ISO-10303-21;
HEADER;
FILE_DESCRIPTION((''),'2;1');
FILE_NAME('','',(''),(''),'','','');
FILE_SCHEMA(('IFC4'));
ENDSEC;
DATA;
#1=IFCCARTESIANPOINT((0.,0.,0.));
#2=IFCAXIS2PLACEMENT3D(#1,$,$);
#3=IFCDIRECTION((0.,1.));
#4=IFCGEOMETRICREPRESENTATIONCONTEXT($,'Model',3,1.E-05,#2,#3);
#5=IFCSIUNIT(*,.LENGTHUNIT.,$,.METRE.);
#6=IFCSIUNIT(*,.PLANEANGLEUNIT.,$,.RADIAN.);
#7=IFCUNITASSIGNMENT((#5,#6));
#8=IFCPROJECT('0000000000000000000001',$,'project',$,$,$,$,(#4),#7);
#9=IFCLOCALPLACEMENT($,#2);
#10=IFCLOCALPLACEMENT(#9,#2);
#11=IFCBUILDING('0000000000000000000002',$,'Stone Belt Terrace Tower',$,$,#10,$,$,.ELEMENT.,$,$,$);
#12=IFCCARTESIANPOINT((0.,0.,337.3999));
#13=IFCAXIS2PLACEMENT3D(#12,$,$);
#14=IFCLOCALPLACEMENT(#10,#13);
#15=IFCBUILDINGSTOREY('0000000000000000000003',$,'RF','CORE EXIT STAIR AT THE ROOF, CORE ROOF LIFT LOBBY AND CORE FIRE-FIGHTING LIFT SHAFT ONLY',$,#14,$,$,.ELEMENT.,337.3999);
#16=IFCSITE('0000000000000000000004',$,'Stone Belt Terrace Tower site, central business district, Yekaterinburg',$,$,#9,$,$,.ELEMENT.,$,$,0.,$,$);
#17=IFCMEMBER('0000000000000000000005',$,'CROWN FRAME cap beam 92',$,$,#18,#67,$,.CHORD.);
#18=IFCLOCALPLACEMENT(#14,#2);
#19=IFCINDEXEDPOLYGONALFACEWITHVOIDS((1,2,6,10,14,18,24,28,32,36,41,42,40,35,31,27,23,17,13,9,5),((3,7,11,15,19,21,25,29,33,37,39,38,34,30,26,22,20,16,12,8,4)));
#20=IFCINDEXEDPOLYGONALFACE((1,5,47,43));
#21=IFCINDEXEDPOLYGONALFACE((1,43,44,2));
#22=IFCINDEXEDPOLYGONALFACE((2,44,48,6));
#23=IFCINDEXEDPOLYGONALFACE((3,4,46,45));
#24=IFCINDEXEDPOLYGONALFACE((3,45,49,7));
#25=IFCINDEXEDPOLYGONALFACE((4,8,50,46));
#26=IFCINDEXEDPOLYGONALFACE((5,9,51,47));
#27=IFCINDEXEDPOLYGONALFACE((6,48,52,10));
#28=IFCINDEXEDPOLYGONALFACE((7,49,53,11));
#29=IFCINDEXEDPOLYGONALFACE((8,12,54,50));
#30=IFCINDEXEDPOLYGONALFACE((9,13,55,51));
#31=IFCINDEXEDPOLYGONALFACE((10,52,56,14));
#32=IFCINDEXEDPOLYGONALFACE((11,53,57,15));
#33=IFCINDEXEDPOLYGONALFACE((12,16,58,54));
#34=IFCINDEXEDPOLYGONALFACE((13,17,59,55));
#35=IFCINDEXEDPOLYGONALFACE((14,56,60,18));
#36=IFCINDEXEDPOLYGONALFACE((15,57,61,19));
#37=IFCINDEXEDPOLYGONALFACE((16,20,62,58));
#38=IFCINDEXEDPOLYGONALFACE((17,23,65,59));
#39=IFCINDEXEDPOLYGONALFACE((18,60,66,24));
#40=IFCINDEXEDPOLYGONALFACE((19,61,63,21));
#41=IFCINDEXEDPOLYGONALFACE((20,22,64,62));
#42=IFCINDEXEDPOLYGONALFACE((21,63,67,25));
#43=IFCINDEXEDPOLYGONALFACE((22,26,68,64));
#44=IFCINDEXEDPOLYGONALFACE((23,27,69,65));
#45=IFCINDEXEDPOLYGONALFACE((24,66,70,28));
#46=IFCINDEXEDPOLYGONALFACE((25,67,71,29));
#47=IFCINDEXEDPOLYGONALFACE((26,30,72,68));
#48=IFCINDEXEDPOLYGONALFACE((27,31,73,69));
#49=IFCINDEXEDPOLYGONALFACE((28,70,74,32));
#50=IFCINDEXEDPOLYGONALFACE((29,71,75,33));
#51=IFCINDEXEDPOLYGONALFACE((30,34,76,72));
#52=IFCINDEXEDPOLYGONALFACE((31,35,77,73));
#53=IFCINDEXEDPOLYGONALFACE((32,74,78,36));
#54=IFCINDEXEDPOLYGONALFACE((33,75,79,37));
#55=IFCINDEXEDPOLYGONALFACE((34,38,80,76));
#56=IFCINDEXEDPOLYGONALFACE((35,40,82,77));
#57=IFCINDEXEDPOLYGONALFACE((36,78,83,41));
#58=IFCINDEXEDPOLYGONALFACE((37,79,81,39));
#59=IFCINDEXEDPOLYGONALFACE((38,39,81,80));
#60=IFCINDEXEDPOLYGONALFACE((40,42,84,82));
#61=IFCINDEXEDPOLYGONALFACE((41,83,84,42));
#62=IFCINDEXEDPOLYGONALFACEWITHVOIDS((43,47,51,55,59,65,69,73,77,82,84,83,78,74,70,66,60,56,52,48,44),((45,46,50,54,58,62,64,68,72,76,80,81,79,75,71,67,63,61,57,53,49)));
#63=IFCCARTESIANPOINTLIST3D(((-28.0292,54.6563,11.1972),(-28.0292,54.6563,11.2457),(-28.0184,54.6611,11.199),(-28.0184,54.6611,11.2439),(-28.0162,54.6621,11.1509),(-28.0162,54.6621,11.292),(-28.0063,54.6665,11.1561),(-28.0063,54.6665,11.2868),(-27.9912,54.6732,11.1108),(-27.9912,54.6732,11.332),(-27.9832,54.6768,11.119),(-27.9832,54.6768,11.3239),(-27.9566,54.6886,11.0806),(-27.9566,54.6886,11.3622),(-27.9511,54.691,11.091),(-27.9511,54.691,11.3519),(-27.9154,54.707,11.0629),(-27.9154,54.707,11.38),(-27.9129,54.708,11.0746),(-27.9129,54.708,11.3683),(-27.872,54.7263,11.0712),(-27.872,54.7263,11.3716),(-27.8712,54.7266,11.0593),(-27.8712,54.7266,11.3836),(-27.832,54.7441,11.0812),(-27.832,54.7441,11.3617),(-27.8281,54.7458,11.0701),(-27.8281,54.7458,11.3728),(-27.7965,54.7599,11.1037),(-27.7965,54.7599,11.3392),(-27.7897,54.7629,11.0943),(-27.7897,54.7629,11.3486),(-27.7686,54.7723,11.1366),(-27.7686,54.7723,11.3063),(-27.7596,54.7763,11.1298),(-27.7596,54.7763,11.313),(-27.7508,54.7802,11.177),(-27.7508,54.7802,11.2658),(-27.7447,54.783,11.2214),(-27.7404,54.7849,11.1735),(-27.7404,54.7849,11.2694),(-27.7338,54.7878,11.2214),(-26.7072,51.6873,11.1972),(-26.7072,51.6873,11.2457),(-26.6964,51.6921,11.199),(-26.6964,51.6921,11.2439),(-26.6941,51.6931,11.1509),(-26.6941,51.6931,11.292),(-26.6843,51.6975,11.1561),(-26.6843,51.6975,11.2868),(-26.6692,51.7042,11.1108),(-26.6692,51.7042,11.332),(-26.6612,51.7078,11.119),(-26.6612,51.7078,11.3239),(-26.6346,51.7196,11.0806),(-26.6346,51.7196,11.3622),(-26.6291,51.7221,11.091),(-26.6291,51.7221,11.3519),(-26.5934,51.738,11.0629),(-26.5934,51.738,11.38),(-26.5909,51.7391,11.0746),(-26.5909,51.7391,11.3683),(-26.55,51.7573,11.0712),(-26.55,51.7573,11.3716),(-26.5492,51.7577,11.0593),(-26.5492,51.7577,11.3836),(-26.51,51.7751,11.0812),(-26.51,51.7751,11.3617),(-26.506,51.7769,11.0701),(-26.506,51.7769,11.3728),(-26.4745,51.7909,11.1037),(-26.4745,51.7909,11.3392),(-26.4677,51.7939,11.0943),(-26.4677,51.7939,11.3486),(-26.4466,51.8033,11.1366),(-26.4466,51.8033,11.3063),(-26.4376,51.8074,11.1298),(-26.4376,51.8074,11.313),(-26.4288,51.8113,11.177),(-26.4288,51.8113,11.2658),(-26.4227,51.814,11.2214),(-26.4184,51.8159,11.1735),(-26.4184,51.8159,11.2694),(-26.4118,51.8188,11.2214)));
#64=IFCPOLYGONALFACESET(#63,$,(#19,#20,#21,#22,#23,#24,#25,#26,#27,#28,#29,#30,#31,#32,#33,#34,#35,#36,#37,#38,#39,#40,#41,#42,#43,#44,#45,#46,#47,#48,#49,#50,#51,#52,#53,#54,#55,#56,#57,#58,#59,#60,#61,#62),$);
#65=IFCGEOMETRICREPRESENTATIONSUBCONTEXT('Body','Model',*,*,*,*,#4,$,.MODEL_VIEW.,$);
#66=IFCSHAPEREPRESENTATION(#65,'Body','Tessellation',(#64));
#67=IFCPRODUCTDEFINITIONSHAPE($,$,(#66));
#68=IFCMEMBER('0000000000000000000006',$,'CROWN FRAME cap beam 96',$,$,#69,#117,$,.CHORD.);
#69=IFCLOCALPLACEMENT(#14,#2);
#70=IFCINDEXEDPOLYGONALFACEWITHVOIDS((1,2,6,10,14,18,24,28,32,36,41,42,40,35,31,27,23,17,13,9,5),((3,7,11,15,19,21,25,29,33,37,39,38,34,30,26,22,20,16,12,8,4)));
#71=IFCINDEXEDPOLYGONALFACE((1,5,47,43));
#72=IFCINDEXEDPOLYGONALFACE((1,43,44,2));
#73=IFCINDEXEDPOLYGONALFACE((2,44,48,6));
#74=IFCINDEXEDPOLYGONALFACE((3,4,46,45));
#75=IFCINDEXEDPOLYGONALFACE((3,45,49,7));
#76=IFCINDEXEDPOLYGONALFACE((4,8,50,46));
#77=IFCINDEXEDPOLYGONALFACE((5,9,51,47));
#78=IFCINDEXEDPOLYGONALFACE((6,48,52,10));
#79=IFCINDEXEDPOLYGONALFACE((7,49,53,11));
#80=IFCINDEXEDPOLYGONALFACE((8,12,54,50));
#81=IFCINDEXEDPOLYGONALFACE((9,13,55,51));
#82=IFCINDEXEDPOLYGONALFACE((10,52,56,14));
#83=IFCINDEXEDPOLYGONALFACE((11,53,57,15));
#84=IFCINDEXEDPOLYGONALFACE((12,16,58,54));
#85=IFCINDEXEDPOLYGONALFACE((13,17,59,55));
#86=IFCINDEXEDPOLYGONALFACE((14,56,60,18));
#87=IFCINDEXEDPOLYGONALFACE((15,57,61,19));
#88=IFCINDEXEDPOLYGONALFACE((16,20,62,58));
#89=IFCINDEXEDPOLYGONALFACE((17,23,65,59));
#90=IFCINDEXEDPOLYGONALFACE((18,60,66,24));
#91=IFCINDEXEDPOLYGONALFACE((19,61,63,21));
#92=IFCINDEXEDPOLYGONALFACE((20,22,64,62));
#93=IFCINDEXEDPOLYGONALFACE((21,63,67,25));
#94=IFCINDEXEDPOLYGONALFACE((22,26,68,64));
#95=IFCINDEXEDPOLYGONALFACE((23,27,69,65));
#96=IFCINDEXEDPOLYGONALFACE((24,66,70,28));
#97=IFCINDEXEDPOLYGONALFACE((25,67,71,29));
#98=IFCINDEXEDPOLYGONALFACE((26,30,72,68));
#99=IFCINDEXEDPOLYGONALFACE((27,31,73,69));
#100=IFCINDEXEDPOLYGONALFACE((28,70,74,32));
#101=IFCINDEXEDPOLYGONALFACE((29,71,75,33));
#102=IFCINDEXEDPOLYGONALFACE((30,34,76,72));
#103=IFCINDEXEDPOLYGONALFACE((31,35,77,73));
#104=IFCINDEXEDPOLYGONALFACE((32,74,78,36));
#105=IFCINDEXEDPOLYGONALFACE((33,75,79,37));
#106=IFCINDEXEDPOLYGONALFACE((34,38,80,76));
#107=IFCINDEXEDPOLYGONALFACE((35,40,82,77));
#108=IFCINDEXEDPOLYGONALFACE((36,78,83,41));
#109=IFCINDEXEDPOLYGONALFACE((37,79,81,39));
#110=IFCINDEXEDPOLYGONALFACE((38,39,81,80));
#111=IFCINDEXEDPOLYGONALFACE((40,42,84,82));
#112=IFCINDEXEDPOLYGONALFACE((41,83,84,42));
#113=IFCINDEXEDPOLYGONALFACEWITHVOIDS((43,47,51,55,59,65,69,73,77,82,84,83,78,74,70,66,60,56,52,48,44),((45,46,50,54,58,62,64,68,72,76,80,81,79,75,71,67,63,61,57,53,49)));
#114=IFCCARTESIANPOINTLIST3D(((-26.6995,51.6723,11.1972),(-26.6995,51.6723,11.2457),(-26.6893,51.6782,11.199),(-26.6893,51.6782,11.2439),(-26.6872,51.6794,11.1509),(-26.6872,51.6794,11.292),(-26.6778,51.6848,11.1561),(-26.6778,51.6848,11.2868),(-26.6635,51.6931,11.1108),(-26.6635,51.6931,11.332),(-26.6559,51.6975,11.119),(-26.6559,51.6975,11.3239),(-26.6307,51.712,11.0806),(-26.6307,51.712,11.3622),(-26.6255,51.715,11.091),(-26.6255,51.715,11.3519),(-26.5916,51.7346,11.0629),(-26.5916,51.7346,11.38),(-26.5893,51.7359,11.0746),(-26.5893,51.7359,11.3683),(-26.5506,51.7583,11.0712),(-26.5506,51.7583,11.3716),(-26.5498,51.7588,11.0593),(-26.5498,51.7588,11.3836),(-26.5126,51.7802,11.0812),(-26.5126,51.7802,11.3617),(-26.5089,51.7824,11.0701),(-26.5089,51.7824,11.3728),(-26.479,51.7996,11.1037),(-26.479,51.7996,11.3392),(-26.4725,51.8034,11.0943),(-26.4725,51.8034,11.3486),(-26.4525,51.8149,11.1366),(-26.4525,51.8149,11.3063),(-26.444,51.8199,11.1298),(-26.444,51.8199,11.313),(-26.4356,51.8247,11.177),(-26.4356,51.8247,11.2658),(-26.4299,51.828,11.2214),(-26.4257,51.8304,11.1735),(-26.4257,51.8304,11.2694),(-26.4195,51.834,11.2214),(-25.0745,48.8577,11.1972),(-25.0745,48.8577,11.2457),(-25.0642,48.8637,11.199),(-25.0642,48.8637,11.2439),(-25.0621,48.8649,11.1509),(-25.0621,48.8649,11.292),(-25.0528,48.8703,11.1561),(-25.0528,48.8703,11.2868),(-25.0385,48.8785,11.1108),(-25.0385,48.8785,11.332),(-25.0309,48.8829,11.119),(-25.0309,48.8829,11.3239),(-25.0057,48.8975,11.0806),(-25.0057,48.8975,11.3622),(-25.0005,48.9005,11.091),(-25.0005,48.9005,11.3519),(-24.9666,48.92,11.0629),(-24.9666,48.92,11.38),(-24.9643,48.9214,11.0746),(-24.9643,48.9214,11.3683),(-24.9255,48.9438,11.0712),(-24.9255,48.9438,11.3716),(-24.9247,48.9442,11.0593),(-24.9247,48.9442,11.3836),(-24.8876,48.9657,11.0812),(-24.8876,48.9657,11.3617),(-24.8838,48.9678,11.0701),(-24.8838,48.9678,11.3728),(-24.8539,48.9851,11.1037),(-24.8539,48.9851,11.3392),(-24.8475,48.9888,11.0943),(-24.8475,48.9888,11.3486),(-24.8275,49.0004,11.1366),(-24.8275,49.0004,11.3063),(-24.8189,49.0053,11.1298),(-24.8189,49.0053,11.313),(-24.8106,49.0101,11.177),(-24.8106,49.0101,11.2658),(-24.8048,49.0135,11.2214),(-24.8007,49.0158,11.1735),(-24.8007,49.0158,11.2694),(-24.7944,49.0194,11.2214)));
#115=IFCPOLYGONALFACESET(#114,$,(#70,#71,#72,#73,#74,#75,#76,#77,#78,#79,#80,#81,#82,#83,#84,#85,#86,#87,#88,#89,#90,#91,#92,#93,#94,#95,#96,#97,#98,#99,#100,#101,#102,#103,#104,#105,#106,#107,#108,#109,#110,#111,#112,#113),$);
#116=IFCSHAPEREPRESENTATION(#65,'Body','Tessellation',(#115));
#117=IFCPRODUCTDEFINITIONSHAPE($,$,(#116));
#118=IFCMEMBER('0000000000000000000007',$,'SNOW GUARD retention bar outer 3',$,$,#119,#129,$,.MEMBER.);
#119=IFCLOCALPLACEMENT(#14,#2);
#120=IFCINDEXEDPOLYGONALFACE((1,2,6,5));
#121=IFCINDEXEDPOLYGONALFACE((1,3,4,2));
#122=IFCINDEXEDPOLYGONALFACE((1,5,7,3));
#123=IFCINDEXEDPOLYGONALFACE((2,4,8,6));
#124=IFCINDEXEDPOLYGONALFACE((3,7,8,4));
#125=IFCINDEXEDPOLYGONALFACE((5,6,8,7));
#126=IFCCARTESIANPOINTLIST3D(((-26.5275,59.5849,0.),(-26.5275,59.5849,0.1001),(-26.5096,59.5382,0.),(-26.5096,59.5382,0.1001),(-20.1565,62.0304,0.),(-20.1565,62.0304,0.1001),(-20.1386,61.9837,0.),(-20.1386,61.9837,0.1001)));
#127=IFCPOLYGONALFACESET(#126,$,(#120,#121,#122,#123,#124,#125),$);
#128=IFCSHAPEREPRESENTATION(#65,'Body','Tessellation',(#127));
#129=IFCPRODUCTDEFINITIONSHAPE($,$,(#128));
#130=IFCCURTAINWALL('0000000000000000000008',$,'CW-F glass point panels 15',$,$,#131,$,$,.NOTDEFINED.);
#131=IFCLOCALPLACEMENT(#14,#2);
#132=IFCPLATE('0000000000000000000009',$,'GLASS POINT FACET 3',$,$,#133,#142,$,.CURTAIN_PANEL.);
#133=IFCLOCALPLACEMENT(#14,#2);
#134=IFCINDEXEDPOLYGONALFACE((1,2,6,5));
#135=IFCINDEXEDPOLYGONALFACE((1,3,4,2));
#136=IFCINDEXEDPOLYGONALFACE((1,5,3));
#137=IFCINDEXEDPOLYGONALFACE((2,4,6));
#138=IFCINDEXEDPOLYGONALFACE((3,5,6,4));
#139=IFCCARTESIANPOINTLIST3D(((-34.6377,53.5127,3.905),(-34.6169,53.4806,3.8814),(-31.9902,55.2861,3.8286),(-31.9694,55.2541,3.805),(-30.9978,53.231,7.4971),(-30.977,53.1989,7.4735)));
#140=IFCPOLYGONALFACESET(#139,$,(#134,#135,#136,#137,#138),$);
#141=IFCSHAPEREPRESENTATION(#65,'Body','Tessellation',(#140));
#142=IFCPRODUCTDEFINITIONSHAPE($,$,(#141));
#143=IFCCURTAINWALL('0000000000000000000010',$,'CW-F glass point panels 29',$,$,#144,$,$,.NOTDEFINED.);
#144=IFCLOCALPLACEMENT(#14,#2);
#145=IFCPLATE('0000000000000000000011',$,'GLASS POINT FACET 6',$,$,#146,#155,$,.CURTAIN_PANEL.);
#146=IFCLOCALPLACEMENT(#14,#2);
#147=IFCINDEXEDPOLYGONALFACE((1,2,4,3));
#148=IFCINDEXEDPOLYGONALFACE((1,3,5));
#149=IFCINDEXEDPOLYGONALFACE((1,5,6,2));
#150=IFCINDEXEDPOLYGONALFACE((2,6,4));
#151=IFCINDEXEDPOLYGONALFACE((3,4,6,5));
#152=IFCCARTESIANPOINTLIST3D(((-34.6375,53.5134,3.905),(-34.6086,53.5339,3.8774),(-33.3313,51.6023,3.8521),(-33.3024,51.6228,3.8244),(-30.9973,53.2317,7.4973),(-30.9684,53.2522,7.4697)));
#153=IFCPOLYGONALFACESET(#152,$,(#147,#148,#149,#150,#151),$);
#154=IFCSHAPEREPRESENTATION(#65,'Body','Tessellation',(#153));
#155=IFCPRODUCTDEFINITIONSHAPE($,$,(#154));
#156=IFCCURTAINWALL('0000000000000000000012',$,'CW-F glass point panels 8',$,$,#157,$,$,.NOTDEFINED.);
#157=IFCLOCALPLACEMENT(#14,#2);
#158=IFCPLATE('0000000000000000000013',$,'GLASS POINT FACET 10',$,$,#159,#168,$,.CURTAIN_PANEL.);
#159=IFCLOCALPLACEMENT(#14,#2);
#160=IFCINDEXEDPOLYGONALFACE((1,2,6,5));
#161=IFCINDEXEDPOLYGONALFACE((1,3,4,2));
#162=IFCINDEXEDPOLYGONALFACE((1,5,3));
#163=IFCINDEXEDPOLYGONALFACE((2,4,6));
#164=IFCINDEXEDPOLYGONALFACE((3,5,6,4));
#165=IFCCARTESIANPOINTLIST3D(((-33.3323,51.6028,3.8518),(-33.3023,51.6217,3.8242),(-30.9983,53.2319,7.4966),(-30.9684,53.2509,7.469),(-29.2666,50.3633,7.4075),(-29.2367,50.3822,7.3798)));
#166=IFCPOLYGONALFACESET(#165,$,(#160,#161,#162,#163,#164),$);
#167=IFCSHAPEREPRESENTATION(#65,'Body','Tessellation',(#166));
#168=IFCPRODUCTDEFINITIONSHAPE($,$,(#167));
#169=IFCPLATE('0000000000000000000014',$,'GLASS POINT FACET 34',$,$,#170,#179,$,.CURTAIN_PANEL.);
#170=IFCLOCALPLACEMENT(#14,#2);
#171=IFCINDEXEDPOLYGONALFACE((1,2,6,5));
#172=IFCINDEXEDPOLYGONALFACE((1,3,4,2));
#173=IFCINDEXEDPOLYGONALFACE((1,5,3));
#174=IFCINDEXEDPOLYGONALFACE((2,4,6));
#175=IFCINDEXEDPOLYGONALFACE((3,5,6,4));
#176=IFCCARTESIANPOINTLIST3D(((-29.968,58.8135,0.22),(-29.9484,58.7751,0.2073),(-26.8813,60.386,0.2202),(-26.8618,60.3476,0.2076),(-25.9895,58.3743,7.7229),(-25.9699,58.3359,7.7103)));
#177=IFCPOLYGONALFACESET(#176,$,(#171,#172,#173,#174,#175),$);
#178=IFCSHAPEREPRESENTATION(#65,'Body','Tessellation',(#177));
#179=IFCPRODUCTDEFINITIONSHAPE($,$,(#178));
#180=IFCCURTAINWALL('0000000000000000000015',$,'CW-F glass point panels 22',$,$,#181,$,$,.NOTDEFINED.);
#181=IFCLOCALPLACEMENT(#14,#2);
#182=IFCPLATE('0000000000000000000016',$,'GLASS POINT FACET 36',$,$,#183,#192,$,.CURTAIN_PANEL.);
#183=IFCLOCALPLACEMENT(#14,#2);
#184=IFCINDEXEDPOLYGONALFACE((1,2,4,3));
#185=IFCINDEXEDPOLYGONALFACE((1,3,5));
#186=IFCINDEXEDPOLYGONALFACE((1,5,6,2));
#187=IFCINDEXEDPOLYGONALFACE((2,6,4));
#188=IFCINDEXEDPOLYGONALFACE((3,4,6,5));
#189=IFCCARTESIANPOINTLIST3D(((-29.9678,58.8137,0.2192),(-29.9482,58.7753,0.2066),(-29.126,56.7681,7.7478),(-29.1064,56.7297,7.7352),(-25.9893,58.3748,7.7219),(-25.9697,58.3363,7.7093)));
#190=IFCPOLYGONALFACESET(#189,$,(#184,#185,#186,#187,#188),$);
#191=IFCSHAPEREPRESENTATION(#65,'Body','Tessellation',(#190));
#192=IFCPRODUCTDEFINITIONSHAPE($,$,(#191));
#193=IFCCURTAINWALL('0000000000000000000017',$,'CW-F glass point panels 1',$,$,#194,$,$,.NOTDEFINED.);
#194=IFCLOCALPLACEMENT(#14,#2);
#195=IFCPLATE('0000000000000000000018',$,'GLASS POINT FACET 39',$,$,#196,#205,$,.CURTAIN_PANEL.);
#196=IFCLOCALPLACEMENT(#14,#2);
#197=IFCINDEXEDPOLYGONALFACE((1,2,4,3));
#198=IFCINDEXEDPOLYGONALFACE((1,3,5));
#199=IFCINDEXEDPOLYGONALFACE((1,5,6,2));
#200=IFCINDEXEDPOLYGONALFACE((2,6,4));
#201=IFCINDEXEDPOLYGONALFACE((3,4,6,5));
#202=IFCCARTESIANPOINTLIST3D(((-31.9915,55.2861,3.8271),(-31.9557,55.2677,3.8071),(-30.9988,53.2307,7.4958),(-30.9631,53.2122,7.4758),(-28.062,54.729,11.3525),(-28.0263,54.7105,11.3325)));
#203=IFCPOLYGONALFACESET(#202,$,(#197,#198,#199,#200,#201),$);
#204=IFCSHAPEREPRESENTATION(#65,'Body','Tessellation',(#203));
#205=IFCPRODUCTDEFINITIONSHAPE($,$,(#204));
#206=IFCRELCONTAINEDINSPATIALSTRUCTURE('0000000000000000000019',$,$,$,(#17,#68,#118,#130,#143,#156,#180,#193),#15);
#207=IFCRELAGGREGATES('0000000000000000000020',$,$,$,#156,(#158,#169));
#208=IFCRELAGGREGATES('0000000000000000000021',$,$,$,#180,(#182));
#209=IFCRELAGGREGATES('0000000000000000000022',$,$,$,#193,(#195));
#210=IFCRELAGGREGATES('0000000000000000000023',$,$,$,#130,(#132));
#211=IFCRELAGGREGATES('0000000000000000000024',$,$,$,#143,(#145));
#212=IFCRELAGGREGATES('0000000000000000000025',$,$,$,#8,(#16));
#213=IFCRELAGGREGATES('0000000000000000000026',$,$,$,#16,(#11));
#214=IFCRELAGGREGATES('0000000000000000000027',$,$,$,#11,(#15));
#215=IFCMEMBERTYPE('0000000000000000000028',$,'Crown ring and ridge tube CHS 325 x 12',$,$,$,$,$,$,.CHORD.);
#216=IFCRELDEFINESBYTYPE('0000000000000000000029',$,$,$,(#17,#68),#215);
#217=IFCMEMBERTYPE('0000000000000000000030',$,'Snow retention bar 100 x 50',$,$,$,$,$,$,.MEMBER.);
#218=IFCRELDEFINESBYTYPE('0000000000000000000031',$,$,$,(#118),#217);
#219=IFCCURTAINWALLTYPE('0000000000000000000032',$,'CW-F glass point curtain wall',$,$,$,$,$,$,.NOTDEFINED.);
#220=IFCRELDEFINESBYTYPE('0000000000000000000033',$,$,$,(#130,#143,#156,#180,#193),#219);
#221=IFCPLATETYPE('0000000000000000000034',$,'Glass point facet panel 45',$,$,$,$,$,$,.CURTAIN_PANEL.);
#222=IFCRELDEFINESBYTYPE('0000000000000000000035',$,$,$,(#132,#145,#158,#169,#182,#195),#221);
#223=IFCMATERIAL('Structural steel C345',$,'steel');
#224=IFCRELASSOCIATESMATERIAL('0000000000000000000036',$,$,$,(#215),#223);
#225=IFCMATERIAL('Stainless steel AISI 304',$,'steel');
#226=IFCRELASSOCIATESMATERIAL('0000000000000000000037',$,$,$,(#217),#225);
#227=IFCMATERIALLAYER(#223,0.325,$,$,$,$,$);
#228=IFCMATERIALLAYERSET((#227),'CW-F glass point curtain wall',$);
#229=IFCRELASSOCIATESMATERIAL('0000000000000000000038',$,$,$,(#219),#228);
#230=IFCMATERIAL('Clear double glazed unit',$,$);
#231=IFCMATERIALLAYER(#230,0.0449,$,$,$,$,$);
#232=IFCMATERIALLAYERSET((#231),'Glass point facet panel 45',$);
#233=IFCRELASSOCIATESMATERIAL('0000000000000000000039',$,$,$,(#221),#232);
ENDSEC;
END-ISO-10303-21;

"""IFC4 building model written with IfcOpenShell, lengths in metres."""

from ifc_helpers import new_model, si_unit, direction, frame, origin, origin_2d, place, context, subcontext, project, spatial, polyline, rectangle, hollow_circle, outline, extrude, material, layer, layer_set, material_profile, profile_set, type_object, element, aggregate, save


model = new_model("IFC4")

# Units and contexts
model_context = context("Model", 3, precision=1e-05, world=origin(), true_north=direction((0.0, 1.0)))
body_context = subcontext(model_context, "Body", "Model", "MODEL_VIEW")
ifc_project = project(units=[si_unit("LENGTHUNIT", "METRE"), si_unit("PLANEANGLEUNIT", "RADIAN")], contexts=[model_context])

# Site, building, storey
site_placement = place(None, origin())
site = spatial("IfcSite", under=ifc_project, at=site_placement, Name="Stone Belt Terrace Tower site, central business district, Yekaterinburg", CompositionType="ELEMENT", RefElevation=0.0)
building_placement = place(site_placement, origin())
building = spatial("IfcBuilding", under=site, at=building_placement, Name="Stone Belt Terrace Tower", CompositionType="ELEMENT")
storey_placement = place(building_placement, frame((0.0, 0.0, 337.3999)))
storey = spatial("IfcBuildingStorey", under=building, at=storey_placement, Name="RF", Description="CORE EXIT STAIR AT THE ROOF, CORE ROOF LIFT LOBBY AND CORE FIRE-FIGHTING LIFT SHAFT ONLY", CompositionType="ELEMENT", Elevation=337.3999)

# Members
ifc_material_1 = material(Name="Structural steel C345", Category="steel")
ifc_material_profile_1 = material_profile(ifc_material_1, hollow_circle(Radius=0.1626, WallThickness=0.012, at=origin_2d()), Name="Structural steel C345 CHS 325x12")
ifc_profile_set_1 = profile_set([ifc_material_profile_1], Name="Structural steel C345")
member_type_1 = type_object("IfcMemberType", Name="Crown ring and ridge tube CHS 325 x 12", PredefinedType="CHORD", material=ifc_profile_set_1)
for number, where, z_axis, x_axis, name in (
    (1, (-27.8823, 54.7217, 11.2214), (0.406773, -0.913529, 0.0), (0.913529, 0.406773, 0.0), "CROWN FRAME cap beam 92"),
    (2, (-26.5603, 51.7527, 11.2214), (0.500017, -0.866015, 0.0), (0.866015, 0.500017, 0.0), "CROWN FRAME cap beam 96"),
):
    element("IfcMember", number, at=place(storey_placement, frame(where, z_axis=z_axis, x_axis=x_axis)), inside=storey, type_object=member_type_1, Name=name, PredefinedType="CHORD", context=body_context, shape_type="SweptSolid", body=[
        extrude(hollow_circle(Radius=0.1626, WallThickness=0.012, at=origin_2d()), origin(), (0.0, 0.0, 1.0), 3.25),
    ])
ifc_material_2 = material(Name="Stainless steel AISI 304", Category="steel")
ifc_material_profile_2 = material_profile(ifc_material_2, rectangle(XDim=0.05, YDim=0.1001, at=origin_2d()), Name="Stainless steel AISI 304 100x50")
ifc_profile_set_2 = profile_set([ifc_material_profile_2], Name="Stainless steel AISI 304")
member_type_2 = type_object("IfcMemberType", Name="Snow retention bar 100 x 50", PredefinedType="MEMBER", material=ifc_profile_set_2)
member_1_placement = place(storey_placement, frame((-26.5186, 59.5615, 0.05), z_axis=(0.933584, 0.358358, 0.0), x_axis=(-0.358358, 0.933584, 0.0)))
element("IfcMember", 3, at=member_1_placement, inside=storey, type_object=member_type_2, Name="SNOW GUARD retention bar outer 3", PredefinedType="MEMBER", context=body_context, shape_type="SweptSolid", body=[
    extrude(rectangle(XDim=0.05, YDim=0.1001, at=origin_2d()), origin(), (0.0, 0.0, 1.0), 6.8242),
])

# Curtain walls, plates
ifc_layer_1 = layer(ifc_material_1, 0.325)
ifc_layer_set_1 = layer_set([ifc_layer_1], Name="CW-F glass point curtain wall")
curtain_wall_type = type_object("IfcCurtainWallType", Name="CW-F glass point curtain wall", PredefinedType="NOTDEFINED", material=ifc_layer_set_1)
curtain_wall_1_placement = place(storey_placement, origin())
curtain_wall_1 = element("IfcCurtainWall", 4, at=curtain_wall_1_placement, inside=storey, type_object=curtain_wall_type, Name="CW-F glass point panels 15", PredefinedType="NOTDEFINED")
ifc_material_3 = material(Name="Clear double glazed unit")
ifc_layer_2 = layer(ifc_material_3, 0.0449)
ifc_layer_set_2 = layer_set([ifc_layer_2], Name="Glass point facet panel 45")
plate_type = type_object("IfcPlateType", Name="Glass point facet panel 45", PredefinedType="CURTAIN_PANEL", material=ifc_layer_set_2)
plate_1_placement = place(storey_placement, frame((-30.9978, 53.231, 7.4971), z_axis=(-0.463072, 0.713926, 0.525237), x_axis=(-0.710692, 0.05501, -0.701349)))
plate_1 = element("IfcPlate", 5, at=plate_1_placement, type_object=plate_type, Name="GLASS POINT FACET 3", PredefinedType="CURTAIN_PANEL", context=body_context, shape_type="SweptSolid", body=[
    extrude(outline(polyline([(0.0, 0.0), (5.1216, 0.0), (3.3912, -2.6769), (0.0, 0.0)])), origin(), (0.0, 0.0, -1.0), 0.0449),
])
curtain_wall_2_placement = place(storey_placement, origin())
curtain_wall_2 = element("IfcCurtainWall", 6, at=curtain_wall_2_placement, inside=storey, type_object=curtain_wall_type, Name="CW-F glass point panels 29", PredefinedType="NOTDEFINED")
plate_2_placement = place(storey_placement, frame((-30.9973, 53.2317, 7.4973), z_axis=(-0.642671, -0.45629, 0.615445), x_axis=(-0.504648, -0.352304, -0.78817)))
plate_2 = element("IfcPlate", 7, at=plate_2_placement, type_object=plate_type, Name="GLASS POINT FACET 6", PredefinedType="CURTAIN_PANEL", context=body_context, shape_type="SweptSolid", body=[
    extrude(outline(polyline([(0.0, 0.0), (4.625, 0.0), (4.5691, -2.3148), (0.0, 0.0)])), origin(), (0.0, 0.0, -1.0), 0.0449),
])

# Curtain wall, plates
curtain_wall_3_placement = place(storey_placement, origin())
curtain_wall_3 = element("IfcCurtainWall", 8, at=curtain_wall_3_placement, inside=storey, type_object=curtain_wall_type, Name="CW-F glass point panels 8", PredefinedType="NOTDEFINED")
plate_3_placement = place(storey_placement, frame((-30.9983, 53.2319, 7.4966), z_axis=(-0.666403, -0.421388, 0.615093), x_axis=(0.516615, -0.855805, -0.026585)))
plate_3 = element("IfcPlate", 9, at=plate_3_placement, type_object=plate_type, Name="GLASS POINT FACET 10", PredefinedType="CURTAIN_PANEL", context=body_context, shape_type="SweptSolid", body=[
    extrude(outline(polyline([(0.0, 0.0), (3.352, 0.0), (0.2854, -4.6157), (0.0, 0.0)])), origin(), (0.0, 0.0, -1.0), 0.0449),
])
plate_4_placement = place(storey_placement, frame((-26.8813, 60.386, 0.2202), z_axis=(-0.435657, 0.855104, 0.281068), x_axis=(0.114065, -0.257295, 0.959577)))
plate_4 = element("IfcPlate", 10, at=plate_4_placement, type_object=plate_type, Name="GLASS POINT FACET 34", PredefinedType="CURTAIN_PANEL", context=body_context, shape_type="SweptSolid", body=[
    extrude(outline(polyline([(0.0, 0.0), (7.8187, 0.0), (0.0523, -3.4638), (0.0, 0.0)])), origin(), (0.0, 0.0, -1.0), 0.0449),
])
aggregate(curtain_wall_3, [plate_3, plate_4])

# Curtain walls, plates
curtain_wall_4_placement = place(storey_placement, origin())
curtain_wall_4 = element("IfcCurtainWall", 11, at=curtain_wall_4_placement, inside=storey, type_object=curtain_wall_type, Name="CW-F glass point panels 22", PredefinedType="NOTDEFINED")
plate_5_placement = place(storey_placement, frame((-29.9678, 58.8137, 0.2192), z_axis=(-0.435678, 0.855096, 0.281061), x_axis=(0.467861, -0.051621, 0.882293)))
plate_5 = element("IfcPlate", 12, at=plate_5_placement, type_object=plate_type, Name="GLASS POINT FACET 36", PredefinedType="CURTAIN_PANEL", context=body_context, shape_type="SweptSolid", body=[
    extrude(outline(polyline([(0.0, 0.0), (8.5036, 0.0), (7.1418, -3.2506), (0.0, 0.0)])), origin(), (0.0, 0.0, -1.0), 0.0449),
])
aggregate(curtain_wall_4, [plate_5])
curtain_wall_5_placement = place(storey_placement, origin())
curtain_wall_5 = element("IfcCurtainWall", 13, at=curtain_wall_5_placement, inside=storey, type_object=curtain_wall_type, Name="CW-F glass point panels 1", PredefinedType="NOTDEFINED")
plate_6_placement = place(storey_placement, frame((-30.9988, 53.2307, 7.4958), z_axis=(-0.795096, 0.411392, 0.445622), x_axis=(-0.229742, 0.475701, -0.849074)))
plate_6 = element("IfcPlate", 14, at=plate_6_placement, type_object=plate_type, Name="GLASS POINT FACET 39", PredefinedType="CURTAIN_PANEL", context=body_context, shape_type="SweptSolid", body=[
    extrude(outline(polyline([(0.0, 0.0), (4.3208, 0.0), (-3.2366, -3.9074), (0.0, 0.0)])), origin(), (0.0, 0.0, -1.0), 0.0449),
])
aggregate(curtain_wall_5, [plate_6])

aggregate(curtain_wall_1, [plate_1])

aggregate(curtain_wall_2, [plate_2])

save(model, "model.ifc")
